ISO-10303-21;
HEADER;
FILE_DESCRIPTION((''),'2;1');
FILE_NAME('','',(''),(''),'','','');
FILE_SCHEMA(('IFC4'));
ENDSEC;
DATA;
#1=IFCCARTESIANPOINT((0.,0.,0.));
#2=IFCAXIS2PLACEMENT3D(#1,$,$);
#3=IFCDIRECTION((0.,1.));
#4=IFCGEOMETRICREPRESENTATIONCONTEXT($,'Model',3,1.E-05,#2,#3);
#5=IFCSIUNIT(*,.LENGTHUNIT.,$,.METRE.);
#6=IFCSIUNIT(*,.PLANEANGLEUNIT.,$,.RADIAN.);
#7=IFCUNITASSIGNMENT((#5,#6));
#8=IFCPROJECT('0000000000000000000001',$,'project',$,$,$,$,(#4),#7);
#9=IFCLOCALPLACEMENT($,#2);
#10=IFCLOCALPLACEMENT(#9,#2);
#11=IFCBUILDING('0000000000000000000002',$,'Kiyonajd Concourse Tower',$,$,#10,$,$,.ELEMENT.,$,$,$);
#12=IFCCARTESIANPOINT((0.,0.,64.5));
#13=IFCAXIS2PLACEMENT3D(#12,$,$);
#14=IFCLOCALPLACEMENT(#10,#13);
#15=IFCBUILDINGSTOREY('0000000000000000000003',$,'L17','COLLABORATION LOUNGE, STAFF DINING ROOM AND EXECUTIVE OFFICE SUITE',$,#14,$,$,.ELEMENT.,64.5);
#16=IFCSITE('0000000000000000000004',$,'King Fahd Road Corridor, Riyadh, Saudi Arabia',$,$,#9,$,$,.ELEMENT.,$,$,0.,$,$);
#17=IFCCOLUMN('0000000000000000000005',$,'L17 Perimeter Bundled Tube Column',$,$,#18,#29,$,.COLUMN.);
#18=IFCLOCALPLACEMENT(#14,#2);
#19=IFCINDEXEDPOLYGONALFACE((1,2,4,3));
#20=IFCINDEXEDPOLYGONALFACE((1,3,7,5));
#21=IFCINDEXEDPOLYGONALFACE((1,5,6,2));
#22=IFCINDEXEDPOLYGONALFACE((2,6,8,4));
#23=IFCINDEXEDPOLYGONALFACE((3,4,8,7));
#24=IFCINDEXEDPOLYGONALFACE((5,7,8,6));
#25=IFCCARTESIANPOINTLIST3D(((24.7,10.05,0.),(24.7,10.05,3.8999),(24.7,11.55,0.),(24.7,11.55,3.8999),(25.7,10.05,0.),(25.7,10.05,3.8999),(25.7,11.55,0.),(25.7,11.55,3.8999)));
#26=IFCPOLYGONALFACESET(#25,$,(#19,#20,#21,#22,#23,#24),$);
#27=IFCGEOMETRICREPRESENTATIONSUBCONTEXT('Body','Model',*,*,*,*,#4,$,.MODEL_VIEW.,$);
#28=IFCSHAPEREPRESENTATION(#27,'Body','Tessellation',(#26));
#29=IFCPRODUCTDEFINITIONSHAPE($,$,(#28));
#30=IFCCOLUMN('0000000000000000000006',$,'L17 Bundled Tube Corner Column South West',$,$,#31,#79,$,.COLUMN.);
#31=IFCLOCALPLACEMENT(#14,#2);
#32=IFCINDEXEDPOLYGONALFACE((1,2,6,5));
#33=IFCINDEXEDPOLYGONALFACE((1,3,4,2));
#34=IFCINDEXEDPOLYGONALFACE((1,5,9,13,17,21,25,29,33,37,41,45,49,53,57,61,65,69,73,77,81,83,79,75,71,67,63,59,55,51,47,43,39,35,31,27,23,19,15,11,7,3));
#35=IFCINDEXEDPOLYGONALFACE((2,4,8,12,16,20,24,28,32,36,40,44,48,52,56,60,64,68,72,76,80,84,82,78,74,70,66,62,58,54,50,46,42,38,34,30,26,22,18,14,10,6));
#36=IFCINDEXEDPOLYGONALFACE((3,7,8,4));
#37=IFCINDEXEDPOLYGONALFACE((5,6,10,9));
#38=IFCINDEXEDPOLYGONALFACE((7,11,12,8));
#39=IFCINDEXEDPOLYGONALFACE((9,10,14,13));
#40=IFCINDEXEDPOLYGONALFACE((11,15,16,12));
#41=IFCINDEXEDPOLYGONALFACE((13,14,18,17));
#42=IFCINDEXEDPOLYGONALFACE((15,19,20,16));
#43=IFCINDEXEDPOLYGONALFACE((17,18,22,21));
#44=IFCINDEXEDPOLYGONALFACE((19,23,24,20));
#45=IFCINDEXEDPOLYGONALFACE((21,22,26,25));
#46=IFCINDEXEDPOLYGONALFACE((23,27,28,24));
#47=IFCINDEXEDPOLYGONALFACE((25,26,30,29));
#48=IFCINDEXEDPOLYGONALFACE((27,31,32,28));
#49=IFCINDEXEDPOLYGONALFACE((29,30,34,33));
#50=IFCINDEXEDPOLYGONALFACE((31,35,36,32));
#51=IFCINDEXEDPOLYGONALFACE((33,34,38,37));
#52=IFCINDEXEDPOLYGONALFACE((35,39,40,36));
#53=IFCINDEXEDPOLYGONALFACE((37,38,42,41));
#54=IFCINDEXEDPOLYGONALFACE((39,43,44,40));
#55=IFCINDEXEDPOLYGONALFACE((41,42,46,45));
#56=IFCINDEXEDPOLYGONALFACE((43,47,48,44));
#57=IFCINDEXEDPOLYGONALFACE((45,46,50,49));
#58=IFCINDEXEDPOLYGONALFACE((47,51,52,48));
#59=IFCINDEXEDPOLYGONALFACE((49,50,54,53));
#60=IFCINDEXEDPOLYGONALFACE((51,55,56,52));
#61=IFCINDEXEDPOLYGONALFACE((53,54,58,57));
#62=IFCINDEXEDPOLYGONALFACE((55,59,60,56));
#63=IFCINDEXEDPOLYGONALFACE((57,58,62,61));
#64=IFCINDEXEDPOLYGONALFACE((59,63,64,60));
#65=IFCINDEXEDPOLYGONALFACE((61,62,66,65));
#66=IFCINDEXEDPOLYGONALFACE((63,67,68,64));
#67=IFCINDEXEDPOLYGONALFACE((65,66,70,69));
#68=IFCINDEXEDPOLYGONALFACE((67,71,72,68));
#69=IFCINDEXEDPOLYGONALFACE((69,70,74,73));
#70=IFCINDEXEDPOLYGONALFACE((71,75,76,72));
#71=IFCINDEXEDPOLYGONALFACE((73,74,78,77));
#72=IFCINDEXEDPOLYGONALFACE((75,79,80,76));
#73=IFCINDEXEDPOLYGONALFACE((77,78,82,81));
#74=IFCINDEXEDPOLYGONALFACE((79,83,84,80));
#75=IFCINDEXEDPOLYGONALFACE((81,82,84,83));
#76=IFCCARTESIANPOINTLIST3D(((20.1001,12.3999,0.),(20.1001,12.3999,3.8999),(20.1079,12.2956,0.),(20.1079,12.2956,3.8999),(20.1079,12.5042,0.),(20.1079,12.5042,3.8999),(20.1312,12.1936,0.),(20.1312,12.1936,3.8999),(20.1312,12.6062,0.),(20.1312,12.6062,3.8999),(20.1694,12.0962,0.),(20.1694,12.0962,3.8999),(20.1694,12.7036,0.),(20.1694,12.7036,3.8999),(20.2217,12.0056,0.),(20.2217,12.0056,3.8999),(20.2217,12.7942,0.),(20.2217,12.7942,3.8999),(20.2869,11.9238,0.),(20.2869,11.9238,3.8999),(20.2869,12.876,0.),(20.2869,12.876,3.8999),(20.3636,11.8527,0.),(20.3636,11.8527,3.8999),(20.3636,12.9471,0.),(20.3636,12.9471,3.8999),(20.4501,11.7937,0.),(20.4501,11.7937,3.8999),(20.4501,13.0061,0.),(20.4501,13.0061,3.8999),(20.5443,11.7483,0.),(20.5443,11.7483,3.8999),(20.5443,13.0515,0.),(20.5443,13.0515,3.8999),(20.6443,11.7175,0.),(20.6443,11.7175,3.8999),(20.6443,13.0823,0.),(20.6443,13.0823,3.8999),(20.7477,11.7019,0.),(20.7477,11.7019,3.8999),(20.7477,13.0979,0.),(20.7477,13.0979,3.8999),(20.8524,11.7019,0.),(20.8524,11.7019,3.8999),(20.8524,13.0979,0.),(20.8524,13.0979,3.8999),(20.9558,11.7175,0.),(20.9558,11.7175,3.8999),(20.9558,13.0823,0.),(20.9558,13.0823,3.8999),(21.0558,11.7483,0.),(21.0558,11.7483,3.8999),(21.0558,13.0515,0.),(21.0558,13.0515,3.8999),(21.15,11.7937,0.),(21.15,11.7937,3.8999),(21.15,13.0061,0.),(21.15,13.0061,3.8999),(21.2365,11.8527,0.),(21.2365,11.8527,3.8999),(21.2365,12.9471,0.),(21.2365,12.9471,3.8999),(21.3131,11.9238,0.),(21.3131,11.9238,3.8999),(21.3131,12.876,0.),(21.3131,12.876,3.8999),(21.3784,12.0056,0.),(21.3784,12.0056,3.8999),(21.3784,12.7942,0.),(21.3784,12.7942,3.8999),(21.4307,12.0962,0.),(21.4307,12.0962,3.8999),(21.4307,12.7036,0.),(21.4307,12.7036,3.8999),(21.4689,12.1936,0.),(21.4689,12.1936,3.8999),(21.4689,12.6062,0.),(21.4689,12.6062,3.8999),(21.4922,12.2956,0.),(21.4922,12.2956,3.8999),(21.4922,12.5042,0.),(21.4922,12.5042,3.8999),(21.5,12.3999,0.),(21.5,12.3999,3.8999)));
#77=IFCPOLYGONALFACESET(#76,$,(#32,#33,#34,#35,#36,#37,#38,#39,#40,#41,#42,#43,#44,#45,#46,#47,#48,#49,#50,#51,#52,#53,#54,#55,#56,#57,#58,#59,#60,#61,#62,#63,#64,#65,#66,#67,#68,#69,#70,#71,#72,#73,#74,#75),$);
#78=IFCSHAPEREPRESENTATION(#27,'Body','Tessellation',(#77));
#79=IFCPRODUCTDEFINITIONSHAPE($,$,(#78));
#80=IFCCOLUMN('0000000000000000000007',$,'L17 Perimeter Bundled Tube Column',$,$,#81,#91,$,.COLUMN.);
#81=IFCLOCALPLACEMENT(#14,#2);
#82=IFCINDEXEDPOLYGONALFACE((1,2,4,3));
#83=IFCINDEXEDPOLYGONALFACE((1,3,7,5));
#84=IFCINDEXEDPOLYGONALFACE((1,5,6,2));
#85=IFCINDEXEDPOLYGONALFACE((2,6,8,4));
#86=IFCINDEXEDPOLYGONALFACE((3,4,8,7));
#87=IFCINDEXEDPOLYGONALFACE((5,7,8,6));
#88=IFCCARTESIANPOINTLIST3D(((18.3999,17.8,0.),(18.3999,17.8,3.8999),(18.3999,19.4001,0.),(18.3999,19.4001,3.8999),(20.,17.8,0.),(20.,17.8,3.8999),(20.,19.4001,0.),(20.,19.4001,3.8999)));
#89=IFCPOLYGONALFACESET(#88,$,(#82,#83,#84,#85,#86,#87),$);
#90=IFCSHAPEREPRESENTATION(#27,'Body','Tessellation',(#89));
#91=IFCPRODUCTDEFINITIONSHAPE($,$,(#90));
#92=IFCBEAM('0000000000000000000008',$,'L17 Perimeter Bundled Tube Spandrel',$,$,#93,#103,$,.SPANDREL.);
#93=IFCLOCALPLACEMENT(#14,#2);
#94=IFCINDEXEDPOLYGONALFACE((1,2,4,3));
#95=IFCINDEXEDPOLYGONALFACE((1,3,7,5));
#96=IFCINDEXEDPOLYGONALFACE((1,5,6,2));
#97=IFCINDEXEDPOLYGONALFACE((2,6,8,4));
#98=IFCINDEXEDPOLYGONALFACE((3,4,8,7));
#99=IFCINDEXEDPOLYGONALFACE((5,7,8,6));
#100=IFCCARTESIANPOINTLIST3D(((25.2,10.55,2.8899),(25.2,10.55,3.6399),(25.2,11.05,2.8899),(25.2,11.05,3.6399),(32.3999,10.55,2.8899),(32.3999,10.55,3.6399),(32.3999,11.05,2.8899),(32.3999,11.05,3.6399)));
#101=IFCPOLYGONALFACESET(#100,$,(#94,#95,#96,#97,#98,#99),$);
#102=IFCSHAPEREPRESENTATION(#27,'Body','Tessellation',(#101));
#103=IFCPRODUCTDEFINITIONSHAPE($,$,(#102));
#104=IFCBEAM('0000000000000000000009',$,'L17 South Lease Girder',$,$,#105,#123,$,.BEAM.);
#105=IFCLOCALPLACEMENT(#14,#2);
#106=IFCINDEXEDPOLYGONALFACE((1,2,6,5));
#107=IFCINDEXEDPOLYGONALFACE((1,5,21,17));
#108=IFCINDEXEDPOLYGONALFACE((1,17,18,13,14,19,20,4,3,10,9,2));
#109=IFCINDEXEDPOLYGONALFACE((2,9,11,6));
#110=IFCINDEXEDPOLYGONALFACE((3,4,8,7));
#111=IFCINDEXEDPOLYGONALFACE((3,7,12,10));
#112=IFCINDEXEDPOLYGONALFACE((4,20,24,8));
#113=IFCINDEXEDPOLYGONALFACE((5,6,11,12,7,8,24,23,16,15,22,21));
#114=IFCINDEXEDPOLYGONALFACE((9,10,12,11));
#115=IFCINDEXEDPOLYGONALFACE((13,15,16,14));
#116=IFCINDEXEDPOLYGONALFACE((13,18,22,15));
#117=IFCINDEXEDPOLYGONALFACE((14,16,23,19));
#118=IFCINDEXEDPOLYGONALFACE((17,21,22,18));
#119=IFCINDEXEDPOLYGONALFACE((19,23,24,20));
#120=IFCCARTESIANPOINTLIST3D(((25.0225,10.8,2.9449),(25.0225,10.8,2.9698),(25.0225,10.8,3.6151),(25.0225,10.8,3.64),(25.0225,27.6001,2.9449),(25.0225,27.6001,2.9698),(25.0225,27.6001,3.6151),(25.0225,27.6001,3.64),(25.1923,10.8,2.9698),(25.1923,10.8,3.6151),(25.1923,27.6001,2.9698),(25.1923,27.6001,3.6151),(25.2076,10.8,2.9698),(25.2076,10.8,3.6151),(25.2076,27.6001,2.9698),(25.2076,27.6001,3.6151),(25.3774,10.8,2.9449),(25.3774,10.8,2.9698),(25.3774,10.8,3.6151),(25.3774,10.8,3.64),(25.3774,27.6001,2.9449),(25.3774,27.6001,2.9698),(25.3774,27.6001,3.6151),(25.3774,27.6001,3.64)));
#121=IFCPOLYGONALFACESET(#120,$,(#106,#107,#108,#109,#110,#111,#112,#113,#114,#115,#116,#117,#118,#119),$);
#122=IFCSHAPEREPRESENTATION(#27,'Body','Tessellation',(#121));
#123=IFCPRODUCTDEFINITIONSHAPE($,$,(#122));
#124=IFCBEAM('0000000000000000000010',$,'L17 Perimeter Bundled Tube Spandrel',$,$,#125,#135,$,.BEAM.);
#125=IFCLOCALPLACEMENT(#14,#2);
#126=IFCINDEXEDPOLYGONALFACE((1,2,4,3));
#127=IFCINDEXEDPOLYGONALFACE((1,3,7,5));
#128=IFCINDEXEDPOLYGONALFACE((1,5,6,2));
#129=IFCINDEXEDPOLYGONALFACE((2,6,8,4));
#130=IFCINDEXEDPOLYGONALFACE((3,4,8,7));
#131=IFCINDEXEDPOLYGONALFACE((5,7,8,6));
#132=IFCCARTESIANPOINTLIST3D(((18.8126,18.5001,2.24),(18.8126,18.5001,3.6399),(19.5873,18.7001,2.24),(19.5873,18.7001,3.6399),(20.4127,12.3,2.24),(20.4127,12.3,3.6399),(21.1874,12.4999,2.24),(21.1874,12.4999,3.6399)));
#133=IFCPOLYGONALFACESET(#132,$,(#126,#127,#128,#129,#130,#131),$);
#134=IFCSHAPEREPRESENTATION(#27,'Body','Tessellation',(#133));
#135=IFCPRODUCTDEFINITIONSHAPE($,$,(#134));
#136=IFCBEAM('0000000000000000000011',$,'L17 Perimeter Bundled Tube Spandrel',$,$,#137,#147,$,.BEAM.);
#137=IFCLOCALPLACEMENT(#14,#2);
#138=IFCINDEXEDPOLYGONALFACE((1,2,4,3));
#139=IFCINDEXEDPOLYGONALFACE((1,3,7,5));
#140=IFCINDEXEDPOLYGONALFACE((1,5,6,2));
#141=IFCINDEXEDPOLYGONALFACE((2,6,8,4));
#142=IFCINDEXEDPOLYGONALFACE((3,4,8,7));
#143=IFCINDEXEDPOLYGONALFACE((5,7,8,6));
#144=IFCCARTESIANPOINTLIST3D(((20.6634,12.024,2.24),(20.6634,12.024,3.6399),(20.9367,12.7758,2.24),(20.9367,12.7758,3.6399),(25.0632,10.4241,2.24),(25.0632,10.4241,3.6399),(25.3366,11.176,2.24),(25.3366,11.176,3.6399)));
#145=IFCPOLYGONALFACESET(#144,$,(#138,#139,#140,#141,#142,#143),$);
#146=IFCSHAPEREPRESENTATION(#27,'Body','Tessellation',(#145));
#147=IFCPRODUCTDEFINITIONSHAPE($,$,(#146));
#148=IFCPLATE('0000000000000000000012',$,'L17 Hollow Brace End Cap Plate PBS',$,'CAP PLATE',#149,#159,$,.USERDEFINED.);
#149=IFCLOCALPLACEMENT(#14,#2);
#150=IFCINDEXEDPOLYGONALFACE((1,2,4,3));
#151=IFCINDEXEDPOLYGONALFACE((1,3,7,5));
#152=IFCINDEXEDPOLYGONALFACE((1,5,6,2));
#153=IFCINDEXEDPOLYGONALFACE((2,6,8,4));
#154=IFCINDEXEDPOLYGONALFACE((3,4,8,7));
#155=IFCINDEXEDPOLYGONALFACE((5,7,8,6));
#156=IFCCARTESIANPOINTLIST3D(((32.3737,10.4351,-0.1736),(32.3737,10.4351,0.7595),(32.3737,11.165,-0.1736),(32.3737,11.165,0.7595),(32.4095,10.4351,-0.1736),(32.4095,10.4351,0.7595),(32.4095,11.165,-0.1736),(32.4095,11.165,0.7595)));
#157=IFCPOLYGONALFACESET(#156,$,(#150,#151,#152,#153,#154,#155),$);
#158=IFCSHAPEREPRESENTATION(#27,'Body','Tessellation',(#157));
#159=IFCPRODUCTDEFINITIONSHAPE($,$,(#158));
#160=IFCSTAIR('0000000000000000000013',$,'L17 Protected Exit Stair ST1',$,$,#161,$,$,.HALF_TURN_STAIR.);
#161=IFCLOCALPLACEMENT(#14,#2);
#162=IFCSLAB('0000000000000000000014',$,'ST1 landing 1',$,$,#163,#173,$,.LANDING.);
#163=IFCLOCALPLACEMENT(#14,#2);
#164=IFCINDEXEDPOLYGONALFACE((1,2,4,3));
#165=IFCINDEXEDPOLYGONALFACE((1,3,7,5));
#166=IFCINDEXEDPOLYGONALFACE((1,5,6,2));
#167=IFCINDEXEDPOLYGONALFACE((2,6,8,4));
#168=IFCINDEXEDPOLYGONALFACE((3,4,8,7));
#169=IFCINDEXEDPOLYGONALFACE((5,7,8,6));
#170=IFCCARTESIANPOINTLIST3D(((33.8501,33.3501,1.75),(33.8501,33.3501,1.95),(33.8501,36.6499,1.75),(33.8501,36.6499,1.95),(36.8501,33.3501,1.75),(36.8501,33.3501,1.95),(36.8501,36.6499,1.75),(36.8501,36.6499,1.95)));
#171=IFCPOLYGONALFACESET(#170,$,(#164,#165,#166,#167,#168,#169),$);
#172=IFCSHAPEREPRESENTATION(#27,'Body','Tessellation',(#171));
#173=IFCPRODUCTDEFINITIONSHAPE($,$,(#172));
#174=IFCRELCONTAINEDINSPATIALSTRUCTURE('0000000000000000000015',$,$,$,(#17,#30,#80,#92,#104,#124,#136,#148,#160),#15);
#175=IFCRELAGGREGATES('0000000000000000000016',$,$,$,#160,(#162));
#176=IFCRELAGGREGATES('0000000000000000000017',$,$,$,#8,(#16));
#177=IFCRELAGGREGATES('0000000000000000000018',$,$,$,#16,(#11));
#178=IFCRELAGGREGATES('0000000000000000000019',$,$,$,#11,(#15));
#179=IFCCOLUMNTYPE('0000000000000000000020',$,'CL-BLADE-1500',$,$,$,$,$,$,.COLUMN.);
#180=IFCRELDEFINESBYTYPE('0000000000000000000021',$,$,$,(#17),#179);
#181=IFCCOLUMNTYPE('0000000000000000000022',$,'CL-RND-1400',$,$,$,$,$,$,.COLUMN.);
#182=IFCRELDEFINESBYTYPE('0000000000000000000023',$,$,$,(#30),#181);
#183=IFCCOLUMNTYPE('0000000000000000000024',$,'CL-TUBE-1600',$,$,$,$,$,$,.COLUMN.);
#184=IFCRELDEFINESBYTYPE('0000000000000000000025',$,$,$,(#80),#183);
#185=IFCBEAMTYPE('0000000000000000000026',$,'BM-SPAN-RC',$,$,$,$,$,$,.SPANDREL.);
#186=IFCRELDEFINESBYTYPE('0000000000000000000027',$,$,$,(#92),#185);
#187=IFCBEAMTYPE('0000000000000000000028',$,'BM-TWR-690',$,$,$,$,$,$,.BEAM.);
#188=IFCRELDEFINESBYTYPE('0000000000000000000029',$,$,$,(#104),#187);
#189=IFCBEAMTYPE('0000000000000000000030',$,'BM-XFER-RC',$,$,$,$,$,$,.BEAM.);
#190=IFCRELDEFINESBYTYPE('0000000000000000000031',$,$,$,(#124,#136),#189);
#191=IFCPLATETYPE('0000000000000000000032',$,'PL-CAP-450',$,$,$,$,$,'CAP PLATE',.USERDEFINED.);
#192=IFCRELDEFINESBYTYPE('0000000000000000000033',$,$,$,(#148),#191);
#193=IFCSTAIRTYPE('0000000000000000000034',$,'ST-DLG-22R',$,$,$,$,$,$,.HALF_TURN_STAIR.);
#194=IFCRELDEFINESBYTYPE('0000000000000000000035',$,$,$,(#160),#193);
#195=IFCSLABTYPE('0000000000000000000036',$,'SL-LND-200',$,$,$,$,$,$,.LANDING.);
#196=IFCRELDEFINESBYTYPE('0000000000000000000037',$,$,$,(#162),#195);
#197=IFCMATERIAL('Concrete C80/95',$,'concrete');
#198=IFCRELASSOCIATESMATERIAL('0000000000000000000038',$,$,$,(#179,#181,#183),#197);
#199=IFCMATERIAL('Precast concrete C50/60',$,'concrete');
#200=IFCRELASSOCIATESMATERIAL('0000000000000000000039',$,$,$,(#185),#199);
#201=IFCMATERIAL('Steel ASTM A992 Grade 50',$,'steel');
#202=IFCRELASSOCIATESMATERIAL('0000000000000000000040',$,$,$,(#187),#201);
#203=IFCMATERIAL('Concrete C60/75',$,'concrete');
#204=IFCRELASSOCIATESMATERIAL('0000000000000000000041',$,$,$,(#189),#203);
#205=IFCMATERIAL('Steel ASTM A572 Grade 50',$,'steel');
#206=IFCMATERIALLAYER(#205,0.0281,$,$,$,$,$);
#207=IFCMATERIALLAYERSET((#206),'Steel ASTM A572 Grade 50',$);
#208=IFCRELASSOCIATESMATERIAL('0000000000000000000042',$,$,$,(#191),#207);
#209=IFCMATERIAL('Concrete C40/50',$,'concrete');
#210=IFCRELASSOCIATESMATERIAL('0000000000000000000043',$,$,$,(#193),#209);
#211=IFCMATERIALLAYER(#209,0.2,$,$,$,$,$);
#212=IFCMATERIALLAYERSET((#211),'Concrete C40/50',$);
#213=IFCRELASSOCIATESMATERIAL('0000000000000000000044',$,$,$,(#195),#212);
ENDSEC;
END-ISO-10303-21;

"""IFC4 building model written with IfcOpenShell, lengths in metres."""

from ifc_helpers import new_model, si_unit, direction, frame, origin, origin_2d, place, context, subcontext, project, spatial, polyline, rectangle, circle, i_section, outline, extrude, material, layer, layer_set, material_profile, profile_set, type_object, element, aggregate, save


model = new_model("IFC4")

# Units and contexts
model_context = context("Model", 3, precision=1e-05, world=origin(), true_north=direction((0.0, 1.0)))
body_context = subcontext(model_context, "Body", "Model", "MODEL_VIEW")
ifc_project = project(units=[si_unit("LENGTHUNIT", "METRE"), si_unit("PLANEANGLEUNIT", "RADIAN")], contexts=[model_context])

# Site, building, storey
site_placement = place(None, origin())
site = spatial("IfcSite", under=ifc_project, at=site_placement, Name="King Fahd Road Corridor, Riyadh, Saudi Arabia", CompositionType="ELEMENT", RefElevation=0.0)
building_placement = place(site_placement, origin())
building = spatial("IfcBuilding", under=site, at=building_placement, Name="Kiyonajd Concourse Tower", CompositionType="ELEMENT")
storey_placement = place(building_placement, frame((0.0, 0.0, 64.5)))
storey = spatial("IfcBuildingStorey", under=building, at=storey_placement, Name="L17", Description="COLLABORATION LOUNGE, STAFF DINING ROOM AND EXECUTIVE OFFICE SUITE", CompositionType="ELEMENT", Elevation=64.5)

# Columns
ifc_material_1 = material(Name="Concrete C80/95", Category="concrete")
ifc_material_profile_1 = material_profile(ifc_material_1, rectangle(XDim=1.0, YDim=1.5, at=origin_2d()), Name="RC-1500x1000")
ifc_profile_set_1 = profile_set([ifc_material_profile_1], Name="Concrete C80/95")
column_type_1 = type_object("IfcColumnType", Name="CL-BLADE-1500", PredefinedType="COLUMN", material=ifc_profile_set_1)
column_1_placement = place(storey_placement, frame((25.2, 10.8, 0.0), z_axis=(0.0, 0.0, 1.0), x_axis=(1.0, 0.0, 0.0)))
element("IfcColumn", 1, at=column_1_placement, inside=storey, type_object=column_type_1, Name="L17 Perimeter Bundled Tube Column", PredefinedType="COLUMN", context=body_context, shape_type="SweptSolid", body=[
    extrude(rectangle(XDim=1.0, YDim=1.5, at=origin_2d()), origin(), (0.0, 0.0, 1.0), 3.8999),
])
ifc_material_profile_2 = material_profile(ifc_material_1, circle(Radius=0.7, at=origin_2d()), Name="RCC-D1400")
ifc_profile_set_2 = profile_set([ifc_material_profile_2], Name="Concrete C80/95")
column_type_2 = type_object("IfcColumnType", Name="CL-RND-1400", PredefinedType="COLUMN", material=ifc_profile_set_2)
column_2_placement = place(storey_placement, frame((20.8, 12.3999, 0.0), z_axis=(0.0, 0.0, 1.0), x_axis=(1.0, 0.0, 0.0)))
element("IfcColumn", 2, at=column_2_placement, inside=storey, type_object=column_type_2, Name="L17 Bundled Tube Corner Column South West", PredefinedType="COLUMN", context=body_context, shape_type="SweptSolid", body=[
    extrude(circle(Radius=0.7, at=origin_2d()), origin(), (0.0, 0.0, 1.0), 3.8999),
])
ifc_material_profile_3 = material_profile(ifc_material_1, rectangle(XDim=1.6001, YDim=1.6001, at=origin_2d()), Name="RC-1600x1600")
ifc_profile_set_3 = profile_set([ifc_material_profile_3], Name="Concrete C80/95")
column_type_3 = type_object("IfcColumnType", Name="CL-TUBE-1600", PredefinedType="COLUMN", material=ifc_profile_set_3)
column_3_placement = place(storey_placement, frame((19.2, 18.6001, 0.0), z_axis=(0.0, 0.0, 1.0), x_axis=(1.0, 0.0, 0.0)))
element("IfcColumn", 3, at=column_3_placement, inside=storey, type_object=column_type_3, Name="L17 Perimeter Bundled Tube Column", PredefinedType="COLUMN", context=body_context, shape_type="SweptSolid", body=[
    extrude(rectangle(XDim=1.6001, YDim=1.6001, at=origin_2d()), origin(), (0.0, 0.0, 1.0), 3.8999),
])

# Beams
ifc_material_2 = material(Name="Precast concrete C50/60", Category="concrete")
ifc_material_profile_4 = material_profile(ifc_material_2, rectangle(XDim=0.5, YDim=0.75, at=origin_2d()), Name="RCBM-500x750")
ifc_profile_set_4 = profile_set([ifc_material_profile_4], Name="Precast concrete C50/60")
beam_type_1 = type_object("IfcBeamType", Name="BM-SPAN-RC", PredefinedType="SPANDREL", material=ifc_profile_set_4)
beam_1_placement = place(storey_placement, frame((25.2, 10.8, 3.2649), z_axis=(1.0, 0.0, 0.0), x_axis=(0.0, 1.0, 0.0)))
element("IfcBeam", 4, at=beam_1_placement, inside=storey, type_object=beam_type_1, Name="L17 Perimeter Bundled Tube Spandrel", PredefinedType="SPANDREL", context=body_context, shape_type="SweptSolid", body=[
    extrude(rectangle(XDim=0.5, YDim=0.75, at=origin_2d()), origin(), (0.0, 0.0, 1.0), 7.2),
])
ifc_material_3 = material(Name="Steel ASTM A992 Grade 50", Category="steel")
ifc_material_profile_5 = material_profile(ifc_material_3, i_section(OverallWidth=0.355, OverallDepth=0.6951, WebThickness=0.0154, FlangeThickness=0.0249, at=origin_2d()), Name="W690X217")
ifc_profile_set_5 = profile_set([ifc_material_profile_5], Name="Steel ASTM A992 Grade 50")
beam_type_2 = type_object("IfcBeamType", Name="BM-TWR-690", PredefinedType="BEAM", material=ifc_profile_set_5)
beam_2_placement = place(storey_placement, frame((25.2, 10.8, 3.2925), z_axis=(0.0, 1.0, 0.0), x_axis=(-1.0, 0.0, 0.0)))
element("IfcBeam", 5, at=beam_2_placement, inside=storey, type_object=beam_type_2, Name="L17 South Lease Girder", PredefinedType="BEAM", context=body_context, shape_type="SweptSolid", body=[
    extrude(i_section(OverallWidth=0.355, OverallDepth=0.6951, WebThickness=0.0154, FlangeThickness=0.0249, at=origin_2d()), origin(), (0.0, 0.0, 1.0), 16.8),
])
ifc_material_4 = material(Name="Concrete C60/75", Category="concrete")
ifc_material_profile_6 = material_profile(ifc_material_4, rectangle(XDim=0.8, YDim=1.3999, at=origin_2d()), Name="RCBM-800x1400")
ifc_profile_set_6 = profile_set([ifc_material_profile_6], Name="Concrete C60/75")
beam_type_3 = type_object("IfcBeamType", Name="BM-XFER-RC", PredefinedType="BEAM", material=ifc_profile_set_6)
beam_3_placement = place(storey_placement, frame((19.2, 18.6001, 2.9399), z_axis=(0.249885, -0.968276, 0.0), x_axis=(0.968276, 0.249885, 0.0)))
element("IfcBeam", 6, at=beam_3_placement, inside=storey, type_object=beam_type_3, Name="L17 Perimeter Bundled Tube Spandrel", PredefinedType="BEAM", context=body_context, shape_type="SweptSolid", body=[
    extrude(rectangle(XDim=0.8, YDim=1.3999, at=origin_2d()), origin(), (0.0, 0.0, 1.0), 6.4033),
])
beam_4_placement = place(storey_placement, frame((20.8, 12.3999, 2.9399), z_axis=(0.939801, -0.341722, 0.0), x_axis=(0.341722, 0.939801, 0.0)))
element("IfcBeam", 7, at=beam_4_placement, inside=storey, type_object=beam_type_3, Name="L17 Perimeter Bundled Tube Spandrel", PredefinedType="BEAM", context=body_context, shape_type="SweptSolid", body=[
    extrude(rectangle(XDim=0.8, YDim=1.3999, at=origin_2d()), origin(), (0.0, 0.0, 1.0), 4.6816),
])

# Plate
ifc_material_5 = material(Name="Steel ASTM A572 Grade 50", Category="steel")
ifc_layer_1 = layer(ifc_material_5, 0.0281)
ifc_layer_set_1 = layer_set([ifc_layer_1], Name="Steel ASTM A572 Grade 50")
plate_type = type_object("IfcPlateType", Name="PL-CAP-450", ElementType="CAP PLATE", PredefinedType="USERDEFINED", material=ifc_layer_set_1)
plate_placement = place(storey_placement, frame((32.3916, 10.8, -0.1736), z_axis=(0.0, 0.0, 1.0), x_axis=(-1.0, 0.0, 0.0)))
element("IfcPlate", 8, at=plate_placement, inside=storey, type_object=plate_type, Name="L17 Hollow Brace End Cap Plate PBS", ObjectType="CAP PLATE", PredefinedType="USERDEFINED", context=body_context, shape_type="SweptSolid", body=[
    extrude(rectangle(XDim=0.0359, YDim=0.73, at=origin_2d()), origin(), (0.0, 0.0, 1.0), 0.9331),
])

# Stair, slab
ifc_material_6 = material(Name="Concrete C40/50", Category="concrete")
stair_type = type_object("IfcStairType", Name="ST-DLG-22R", PredefinedType="HALF_TURN_STAIR", material=ifc_material_6)
stair_1_placement = place(storey_placement, origin())
stair_1 = element("IfcStair", 9, at=stair_1_placement, inside=storey, type_object=stair_type, Name="L17 Protected Exit Stair ST1", PredefinedType="HALF_TURN_STAIR")
ifc_layer_2 = layer(ifc_material_6, 0.2)
ifc_layer_set_2 = layer_set([ifc_layer_2], Name="Concrete C40/50")
slab_type_1 = type_object("IfcSlabType", Name="SL-LND-200", PredefinedType="LANDING", material=ifc_layer_set_2)
slab_1_placement = place(storey_placement, frame((0.0, 0.0, 1.75)))
slab_1 = element("IfcSlab", 10, at=slab_1_placement, type_object=slab_type_1, Name="ST1 landing 1", PredefinedType="LANDING", context=body_context, shape_type="SweptSolid", body=[
    extrude(outline(polyline([(36.8501, 33.3501), (36.8501, 36.6499), (33.8501, 36.6499), (33.8501, 33.3501), (36.8501, 33.3501)])), origin(), (0.0, 0.0, 1.0), 0.2),
])
aggregate(stair_1, [slab_1])

save(model, "model.ifc")
